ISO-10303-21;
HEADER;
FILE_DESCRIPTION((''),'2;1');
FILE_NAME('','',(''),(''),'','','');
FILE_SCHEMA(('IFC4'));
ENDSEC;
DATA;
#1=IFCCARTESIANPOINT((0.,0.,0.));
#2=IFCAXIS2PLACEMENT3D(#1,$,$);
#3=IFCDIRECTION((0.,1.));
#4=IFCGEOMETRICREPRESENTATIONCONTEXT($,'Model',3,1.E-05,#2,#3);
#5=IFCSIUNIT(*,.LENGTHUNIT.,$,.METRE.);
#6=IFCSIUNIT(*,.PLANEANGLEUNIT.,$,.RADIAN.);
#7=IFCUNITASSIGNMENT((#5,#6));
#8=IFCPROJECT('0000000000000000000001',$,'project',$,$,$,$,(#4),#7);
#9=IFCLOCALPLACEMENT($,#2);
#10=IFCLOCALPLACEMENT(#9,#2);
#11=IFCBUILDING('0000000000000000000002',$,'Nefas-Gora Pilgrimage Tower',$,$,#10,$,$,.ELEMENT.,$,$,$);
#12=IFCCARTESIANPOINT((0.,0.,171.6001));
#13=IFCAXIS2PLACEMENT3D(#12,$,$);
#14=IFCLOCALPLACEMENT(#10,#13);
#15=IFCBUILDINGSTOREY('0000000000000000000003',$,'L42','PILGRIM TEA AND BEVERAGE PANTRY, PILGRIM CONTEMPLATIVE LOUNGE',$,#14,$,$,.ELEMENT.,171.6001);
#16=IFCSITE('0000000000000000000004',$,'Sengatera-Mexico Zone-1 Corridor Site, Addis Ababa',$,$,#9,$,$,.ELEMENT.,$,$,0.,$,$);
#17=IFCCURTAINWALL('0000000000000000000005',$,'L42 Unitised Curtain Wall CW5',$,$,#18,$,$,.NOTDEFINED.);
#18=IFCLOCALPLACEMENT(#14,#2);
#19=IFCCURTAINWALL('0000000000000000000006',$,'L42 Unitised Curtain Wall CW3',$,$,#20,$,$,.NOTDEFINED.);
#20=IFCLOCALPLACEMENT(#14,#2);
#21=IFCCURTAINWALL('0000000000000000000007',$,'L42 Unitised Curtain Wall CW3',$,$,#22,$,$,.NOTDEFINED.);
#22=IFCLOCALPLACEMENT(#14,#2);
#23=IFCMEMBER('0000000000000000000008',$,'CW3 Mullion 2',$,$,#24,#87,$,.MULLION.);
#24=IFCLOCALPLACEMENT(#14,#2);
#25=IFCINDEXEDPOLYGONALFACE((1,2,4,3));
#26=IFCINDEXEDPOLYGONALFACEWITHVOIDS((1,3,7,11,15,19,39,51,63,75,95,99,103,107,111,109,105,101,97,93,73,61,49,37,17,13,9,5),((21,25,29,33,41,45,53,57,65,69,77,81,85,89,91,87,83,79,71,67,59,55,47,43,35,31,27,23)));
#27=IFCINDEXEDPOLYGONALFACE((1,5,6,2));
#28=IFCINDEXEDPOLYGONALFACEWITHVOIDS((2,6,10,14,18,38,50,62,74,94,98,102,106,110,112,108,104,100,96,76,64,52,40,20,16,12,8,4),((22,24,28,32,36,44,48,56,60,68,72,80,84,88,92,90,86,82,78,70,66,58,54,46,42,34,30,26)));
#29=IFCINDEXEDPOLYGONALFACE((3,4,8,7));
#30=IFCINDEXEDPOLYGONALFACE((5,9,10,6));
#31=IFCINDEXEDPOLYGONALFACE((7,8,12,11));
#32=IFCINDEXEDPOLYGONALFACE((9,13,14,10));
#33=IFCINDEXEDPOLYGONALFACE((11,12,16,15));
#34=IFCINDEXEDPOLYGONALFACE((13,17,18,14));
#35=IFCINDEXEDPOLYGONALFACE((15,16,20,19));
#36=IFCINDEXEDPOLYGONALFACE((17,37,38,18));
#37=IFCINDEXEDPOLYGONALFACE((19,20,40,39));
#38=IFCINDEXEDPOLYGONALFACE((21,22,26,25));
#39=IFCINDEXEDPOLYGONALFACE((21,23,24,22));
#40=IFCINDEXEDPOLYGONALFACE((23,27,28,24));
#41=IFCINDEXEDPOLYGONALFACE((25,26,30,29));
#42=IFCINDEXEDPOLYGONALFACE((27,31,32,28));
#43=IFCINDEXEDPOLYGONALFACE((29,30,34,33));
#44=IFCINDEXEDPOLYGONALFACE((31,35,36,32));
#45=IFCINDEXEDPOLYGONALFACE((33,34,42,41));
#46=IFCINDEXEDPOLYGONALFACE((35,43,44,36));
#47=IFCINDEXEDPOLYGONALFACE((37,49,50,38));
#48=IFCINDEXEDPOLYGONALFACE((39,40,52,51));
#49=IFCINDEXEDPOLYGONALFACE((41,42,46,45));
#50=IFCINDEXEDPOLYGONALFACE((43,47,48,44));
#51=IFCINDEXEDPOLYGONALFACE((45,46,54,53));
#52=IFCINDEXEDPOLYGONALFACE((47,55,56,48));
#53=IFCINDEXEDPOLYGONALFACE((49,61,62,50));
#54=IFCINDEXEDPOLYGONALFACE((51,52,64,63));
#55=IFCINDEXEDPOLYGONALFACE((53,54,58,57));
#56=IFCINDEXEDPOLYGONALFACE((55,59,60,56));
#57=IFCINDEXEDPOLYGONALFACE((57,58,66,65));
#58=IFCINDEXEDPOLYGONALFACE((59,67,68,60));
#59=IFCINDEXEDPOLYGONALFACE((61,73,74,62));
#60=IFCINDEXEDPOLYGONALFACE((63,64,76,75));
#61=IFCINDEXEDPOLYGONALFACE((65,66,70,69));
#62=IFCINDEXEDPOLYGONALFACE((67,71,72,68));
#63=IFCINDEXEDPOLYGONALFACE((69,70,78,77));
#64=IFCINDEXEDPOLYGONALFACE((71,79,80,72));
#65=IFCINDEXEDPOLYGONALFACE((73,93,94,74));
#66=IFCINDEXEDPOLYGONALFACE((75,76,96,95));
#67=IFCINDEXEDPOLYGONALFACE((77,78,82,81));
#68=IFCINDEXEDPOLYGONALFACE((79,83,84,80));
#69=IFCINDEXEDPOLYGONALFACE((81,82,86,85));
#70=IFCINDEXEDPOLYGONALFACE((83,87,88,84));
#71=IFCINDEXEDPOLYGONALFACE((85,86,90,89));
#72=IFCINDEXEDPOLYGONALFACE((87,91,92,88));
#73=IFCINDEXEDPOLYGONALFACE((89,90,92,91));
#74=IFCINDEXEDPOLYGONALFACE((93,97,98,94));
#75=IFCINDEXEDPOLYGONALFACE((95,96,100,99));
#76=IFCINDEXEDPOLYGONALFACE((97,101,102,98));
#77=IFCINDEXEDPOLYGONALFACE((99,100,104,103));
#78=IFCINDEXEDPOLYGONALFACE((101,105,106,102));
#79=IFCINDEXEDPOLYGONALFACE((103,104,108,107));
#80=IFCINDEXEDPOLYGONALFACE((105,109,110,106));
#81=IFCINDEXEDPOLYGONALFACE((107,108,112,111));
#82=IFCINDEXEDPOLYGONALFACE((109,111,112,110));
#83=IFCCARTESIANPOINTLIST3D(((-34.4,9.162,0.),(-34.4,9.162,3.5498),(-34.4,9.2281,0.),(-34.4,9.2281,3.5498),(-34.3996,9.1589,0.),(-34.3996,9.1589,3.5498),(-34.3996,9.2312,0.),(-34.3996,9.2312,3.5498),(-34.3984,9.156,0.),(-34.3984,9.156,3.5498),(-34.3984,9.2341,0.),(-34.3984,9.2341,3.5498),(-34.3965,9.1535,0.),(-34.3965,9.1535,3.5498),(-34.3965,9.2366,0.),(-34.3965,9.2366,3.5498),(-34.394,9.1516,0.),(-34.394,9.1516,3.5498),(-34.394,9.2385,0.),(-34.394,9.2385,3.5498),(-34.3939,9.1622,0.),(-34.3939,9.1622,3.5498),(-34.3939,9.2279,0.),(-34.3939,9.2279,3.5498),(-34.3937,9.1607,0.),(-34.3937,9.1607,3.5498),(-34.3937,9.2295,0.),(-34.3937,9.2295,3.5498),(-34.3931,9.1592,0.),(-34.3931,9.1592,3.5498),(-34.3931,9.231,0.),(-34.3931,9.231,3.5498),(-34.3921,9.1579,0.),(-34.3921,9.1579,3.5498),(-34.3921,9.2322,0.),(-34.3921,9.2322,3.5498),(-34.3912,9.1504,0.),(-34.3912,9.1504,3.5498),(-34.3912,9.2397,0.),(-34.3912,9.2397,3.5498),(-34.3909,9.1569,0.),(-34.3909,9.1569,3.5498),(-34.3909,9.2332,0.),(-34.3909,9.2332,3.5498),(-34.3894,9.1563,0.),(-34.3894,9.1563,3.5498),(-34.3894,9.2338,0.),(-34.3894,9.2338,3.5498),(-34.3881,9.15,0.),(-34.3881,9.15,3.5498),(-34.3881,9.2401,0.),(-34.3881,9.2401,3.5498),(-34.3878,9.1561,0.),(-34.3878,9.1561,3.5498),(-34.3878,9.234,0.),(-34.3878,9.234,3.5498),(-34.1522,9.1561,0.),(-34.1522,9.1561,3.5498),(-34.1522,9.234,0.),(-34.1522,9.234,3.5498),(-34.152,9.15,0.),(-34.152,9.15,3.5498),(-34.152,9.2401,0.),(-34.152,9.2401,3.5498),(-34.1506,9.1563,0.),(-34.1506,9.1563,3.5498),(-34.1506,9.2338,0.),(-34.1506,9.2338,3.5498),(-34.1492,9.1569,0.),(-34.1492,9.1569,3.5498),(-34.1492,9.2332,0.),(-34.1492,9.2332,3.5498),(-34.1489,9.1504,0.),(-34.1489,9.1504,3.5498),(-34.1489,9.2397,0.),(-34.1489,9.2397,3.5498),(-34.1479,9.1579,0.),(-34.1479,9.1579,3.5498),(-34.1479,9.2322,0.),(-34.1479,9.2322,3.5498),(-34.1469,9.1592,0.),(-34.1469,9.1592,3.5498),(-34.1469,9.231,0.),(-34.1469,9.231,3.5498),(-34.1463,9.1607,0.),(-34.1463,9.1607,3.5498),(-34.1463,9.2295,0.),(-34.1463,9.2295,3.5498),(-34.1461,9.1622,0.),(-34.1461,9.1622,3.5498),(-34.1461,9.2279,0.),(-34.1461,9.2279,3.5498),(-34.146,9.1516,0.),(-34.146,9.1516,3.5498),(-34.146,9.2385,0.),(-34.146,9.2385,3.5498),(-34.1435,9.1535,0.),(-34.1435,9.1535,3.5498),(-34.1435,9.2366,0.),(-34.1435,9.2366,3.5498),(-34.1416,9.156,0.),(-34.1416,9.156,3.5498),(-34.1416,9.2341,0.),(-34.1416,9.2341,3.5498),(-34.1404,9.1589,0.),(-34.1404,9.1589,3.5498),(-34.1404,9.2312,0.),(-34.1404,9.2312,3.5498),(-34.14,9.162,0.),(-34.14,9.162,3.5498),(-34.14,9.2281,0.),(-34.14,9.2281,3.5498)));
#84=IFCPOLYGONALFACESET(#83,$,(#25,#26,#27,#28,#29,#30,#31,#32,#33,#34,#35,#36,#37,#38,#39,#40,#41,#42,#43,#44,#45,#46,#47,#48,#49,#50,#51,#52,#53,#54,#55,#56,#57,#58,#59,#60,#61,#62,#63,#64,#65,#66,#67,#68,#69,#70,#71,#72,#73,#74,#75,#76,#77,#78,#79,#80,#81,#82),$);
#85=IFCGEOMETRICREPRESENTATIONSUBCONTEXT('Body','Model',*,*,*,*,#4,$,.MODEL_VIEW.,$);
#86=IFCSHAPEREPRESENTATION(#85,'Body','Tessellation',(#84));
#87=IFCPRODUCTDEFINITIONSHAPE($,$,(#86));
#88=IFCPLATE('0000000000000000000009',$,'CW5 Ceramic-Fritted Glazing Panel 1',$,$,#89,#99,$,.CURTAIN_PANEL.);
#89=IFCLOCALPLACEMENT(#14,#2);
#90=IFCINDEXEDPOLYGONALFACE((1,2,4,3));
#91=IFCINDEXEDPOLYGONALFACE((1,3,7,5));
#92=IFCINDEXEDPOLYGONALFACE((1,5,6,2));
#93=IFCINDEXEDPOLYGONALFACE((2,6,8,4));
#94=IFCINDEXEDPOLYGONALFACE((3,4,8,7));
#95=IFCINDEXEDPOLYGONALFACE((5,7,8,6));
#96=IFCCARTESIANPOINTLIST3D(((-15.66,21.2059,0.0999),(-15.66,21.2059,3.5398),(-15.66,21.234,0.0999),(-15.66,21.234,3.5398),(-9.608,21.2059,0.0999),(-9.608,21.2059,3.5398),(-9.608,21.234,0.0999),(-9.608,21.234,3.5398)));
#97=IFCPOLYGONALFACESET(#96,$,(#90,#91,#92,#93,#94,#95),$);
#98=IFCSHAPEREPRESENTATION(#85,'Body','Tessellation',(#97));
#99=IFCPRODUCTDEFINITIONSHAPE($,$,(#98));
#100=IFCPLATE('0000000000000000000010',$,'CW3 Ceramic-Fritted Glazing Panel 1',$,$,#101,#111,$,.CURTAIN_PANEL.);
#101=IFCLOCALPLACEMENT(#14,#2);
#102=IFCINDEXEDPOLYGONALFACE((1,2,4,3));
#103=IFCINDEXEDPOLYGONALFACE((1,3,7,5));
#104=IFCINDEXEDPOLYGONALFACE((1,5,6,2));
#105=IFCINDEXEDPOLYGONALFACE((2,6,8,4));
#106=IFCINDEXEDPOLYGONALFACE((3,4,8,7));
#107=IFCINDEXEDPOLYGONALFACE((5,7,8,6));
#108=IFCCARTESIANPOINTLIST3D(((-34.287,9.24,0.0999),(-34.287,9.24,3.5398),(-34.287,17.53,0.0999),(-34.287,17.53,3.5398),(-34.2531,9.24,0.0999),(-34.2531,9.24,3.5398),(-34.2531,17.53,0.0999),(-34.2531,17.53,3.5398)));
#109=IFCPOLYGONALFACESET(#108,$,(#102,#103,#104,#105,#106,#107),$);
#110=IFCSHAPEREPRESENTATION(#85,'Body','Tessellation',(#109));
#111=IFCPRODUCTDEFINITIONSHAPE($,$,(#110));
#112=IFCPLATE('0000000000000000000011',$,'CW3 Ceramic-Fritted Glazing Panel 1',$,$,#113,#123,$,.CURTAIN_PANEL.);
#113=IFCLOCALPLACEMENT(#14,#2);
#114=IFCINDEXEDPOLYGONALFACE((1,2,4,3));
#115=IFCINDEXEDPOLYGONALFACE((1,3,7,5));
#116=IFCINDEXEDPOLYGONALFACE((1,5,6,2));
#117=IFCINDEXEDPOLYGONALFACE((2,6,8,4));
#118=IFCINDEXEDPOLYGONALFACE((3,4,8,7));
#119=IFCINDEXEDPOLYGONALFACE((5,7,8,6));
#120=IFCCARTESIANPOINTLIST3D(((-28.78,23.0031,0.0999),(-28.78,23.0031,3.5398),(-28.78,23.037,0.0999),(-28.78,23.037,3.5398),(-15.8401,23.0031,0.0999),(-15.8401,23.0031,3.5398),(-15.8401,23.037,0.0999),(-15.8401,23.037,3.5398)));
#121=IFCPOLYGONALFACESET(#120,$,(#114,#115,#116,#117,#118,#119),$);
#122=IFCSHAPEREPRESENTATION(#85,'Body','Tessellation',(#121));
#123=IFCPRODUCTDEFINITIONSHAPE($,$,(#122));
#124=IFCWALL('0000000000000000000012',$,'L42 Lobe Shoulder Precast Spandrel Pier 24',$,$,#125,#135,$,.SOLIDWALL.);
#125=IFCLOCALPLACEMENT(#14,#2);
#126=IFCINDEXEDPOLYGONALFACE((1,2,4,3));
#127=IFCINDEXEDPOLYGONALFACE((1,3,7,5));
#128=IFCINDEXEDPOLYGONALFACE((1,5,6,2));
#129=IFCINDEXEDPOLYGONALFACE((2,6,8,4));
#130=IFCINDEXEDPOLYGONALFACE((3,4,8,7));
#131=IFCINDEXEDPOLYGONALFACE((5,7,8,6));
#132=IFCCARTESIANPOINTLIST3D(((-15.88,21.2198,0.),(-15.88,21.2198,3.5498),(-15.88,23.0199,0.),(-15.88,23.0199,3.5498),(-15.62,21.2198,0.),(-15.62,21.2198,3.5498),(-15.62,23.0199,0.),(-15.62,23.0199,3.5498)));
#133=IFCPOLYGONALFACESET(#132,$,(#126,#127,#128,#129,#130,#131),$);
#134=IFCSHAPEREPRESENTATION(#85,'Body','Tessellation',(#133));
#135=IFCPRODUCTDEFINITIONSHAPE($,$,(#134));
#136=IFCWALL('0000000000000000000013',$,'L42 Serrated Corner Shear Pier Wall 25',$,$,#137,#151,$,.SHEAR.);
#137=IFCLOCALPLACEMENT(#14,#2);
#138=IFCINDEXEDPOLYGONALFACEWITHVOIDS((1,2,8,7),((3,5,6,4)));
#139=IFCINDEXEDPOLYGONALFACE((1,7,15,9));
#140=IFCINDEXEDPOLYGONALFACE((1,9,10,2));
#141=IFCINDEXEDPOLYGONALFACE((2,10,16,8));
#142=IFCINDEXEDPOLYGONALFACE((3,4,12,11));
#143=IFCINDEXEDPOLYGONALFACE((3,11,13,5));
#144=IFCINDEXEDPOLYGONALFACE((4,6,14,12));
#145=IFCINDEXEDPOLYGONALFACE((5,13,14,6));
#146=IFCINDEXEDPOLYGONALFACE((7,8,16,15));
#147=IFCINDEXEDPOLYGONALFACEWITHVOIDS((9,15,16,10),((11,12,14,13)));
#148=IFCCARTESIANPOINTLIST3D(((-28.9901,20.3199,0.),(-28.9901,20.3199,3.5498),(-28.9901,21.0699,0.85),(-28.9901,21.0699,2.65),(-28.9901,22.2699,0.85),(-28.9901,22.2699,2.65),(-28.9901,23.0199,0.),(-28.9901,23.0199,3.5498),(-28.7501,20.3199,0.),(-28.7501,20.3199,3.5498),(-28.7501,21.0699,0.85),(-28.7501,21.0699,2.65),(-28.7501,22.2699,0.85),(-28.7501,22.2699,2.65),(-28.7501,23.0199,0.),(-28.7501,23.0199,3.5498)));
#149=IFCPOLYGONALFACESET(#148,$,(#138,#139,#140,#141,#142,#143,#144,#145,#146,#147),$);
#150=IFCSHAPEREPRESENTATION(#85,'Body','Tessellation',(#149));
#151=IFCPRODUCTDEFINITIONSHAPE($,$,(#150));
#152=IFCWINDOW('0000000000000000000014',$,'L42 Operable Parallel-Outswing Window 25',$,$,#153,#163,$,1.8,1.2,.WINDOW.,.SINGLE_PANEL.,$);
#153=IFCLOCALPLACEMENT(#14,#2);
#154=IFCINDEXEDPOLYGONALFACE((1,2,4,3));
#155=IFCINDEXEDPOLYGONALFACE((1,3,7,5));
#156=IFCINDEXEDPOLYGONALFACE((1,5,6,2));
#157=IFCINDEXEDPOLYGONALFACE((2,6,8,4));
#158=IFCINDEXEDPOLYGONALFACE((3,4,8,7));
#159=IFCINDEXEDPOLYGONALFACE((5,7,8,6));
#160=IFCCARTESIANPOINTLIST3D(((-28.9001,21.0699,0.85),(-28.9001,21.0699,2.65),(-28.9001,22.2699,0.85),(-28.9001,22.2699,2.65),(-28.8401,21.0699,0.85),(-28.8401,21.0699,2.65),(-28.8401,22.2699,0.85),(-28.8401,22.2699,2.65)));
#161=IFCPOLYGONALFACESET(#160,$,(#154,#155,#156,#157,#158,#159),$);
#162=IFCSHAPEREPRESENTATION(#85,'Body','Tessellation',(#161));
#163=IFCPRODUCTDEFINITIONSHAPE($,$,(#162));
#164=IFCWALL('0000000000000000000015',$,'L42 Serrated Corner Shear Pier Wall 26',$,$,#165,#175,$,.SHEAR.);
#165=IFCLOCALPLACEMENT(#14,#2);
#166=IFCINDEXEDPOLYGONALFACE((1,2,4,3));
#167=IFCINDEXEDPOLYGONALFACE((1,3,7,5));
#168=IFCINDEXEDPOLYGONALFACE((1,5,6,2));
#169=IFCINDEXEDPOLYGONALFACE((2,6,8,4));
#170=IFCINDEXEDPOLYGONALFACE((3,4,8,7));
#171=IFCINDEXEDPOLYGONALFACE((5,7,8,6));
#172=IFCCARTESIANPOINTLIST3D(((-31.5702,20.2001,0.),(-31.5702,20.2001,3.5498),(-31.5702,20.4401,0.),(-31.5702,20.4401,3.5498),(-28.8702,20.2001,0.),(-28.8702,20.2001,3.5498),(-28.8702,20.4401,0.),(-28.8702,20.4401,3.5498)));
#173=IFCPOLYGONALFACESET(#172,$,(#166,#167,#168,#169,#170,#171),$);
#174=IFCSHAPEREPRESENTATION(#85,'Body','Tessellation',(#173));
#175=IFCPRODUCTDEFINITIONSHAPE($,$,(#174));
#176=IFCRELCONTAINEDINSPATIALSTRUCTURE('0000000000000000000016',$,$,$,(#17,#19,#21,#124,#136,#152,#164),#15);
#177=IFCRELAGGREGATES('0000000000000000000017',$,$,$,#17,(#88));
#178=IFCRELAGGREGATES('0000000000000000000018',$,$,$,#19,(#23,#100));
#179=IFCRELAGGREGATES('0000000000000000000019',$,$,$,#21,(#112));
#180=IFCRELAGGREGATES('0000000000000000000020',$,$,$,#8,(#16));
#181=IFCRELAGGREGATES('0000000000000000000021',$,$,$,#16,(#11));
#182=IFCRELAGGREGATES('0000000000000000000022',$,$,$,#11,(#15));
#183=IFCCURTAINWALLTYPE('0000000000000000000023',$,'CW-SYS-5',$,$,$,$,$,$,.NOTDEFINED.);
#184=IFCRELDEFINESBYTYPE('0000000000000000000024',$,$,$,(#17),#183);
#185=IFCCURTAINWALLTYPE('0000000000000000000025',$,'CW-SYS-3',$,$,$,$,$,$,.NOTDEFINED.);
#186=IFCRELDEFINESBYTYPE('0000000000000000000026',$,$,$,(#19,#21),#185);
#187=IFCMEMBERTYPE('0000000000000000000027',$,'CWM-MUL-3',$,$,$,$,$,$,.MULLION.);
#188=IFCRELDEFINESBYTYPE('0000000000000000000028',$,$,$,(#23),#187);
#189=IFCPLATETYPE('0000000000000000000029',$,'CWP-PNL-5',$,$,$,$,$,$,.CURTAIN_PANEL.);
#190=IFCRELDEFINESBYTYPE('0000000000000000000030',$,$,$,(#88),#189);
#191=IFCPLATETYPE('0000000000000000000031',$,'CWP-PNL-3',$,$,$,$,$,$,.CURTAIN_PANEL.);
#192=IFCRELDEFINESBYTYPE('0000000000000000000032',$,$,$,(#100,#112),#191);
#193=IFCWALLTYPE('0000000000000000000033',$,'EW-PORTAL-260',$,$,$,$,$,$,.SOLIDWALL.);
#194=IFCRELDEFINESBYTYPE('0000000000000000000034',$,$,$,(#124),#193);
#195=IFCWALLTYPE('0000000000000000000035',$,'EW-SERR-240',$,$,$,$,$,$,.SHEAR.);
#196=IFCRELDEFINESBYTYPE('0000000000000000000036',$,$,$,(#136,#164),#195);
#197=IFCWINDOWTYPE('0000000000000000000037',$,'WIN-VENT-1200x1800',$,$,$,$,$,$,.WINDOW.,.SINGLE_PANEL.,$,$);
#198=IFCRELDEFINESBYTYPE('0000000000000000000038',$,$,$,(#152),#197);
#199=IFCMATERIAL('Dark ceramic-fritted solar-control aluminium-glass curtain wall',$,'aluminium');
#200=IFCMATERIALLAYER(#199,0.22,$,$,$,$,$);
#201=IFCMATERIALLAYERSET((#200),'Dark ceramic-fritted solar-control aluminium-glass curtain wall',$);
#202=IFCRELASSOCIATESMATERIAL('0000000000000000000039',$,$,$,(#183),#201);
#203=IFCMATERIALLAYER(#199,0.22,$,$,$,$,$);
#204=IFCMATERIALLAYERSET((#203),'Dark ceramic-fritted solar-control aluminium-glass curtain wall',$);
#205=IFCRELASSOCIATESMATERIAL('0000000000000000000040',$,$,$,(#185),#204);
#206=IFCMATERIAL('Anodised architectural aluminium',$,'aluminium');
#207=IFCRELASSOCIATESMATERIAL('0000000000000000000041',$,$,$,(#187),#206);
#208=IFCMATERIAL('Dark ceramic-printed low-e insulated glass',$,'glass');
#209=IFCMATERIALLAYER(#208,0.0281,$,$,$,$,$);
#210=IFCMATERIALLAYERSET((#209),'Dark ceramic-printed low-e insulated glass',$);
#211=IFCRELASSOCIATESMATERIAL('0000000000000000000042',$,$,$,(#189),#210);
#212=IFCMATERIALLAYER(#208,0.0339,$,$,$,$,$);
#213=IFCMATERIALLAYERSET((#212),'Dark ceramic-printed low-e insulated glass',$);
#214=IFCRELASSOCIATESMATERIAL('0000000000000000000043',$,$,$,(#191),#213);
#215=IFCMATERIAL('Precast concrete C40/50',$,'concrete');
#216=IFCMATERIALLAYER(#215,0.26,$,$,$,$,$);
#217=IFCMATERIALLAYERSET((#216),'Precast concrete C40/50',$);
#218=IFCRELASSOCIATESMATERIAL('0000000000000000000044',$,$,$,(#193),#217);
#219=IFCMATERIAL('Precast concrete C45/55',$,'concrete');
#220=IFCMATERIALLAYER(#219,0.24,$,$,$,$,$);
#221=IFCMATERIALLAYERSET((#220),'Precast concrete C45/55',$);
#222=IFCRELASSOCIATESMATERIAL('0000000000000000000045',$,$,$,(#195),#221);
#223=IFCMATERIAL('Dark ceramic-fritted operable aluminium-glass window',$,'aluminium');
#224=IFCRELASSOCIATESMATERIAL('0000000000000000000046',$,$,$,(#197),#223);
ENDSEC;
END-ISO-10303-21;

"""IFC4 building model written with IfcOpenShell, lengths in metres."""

from ifc_helpers import new_model, si_unit, direction, frame, frame_2d, origin, origin_2d, place, context, subcontext, project, spatial, rectangle, hollow_rectangle, extrude, source, transform, mapped, material, layer, layer_set, material_profile, profile_set, type_object, element, fill, aggregate, save


model = new_model("IFC4")

# Units and contexts
model_context = context("Model", 3, precision=1e-05, world=origin(), true_north=direction((0.0, 1.0)))
body_context = subcontext(model_context, "Body", "Model", "MODEL_VIEW")
ifc_project = project(units=[si_unit("LENGTHUNIT", "METRE"), si_unit("PLANEANGLEUNIT", "RADIAN")], contexts=[model_context])

# Site, building, storey
site_placement = place(None, origin())
site = spatial("IfcSite", under=ifc_project, at=site_placement, Name="Sengatera-Mexico Zone-1 Corridor Site, Addis Ababa", CompositionType="ELEMENT", RefElevation=0.0)
building_placement = place(site_placement, origin())
building = spatial("IfcBuilding", under=site, at=building_placement, Name="Nefas-Gora Pilgrimage Tower", CompositionType="ELEMENT")
storey_placement = place(building_placement, frame((0.0, 0.0, 171.6001)))
storey = spatial("IfcBuildingStorey", under=building, at=storey_placement, Name="L42", Description="PILGRIM TEA AND BEVERAGE PANTRY, PILGRIM CONTEMPLATIVE LOUNGE", CompositionType="ELEMENT", Elevation=171.6001)

# Curtain walls
ifc_material_1 = material(Name="Dark ceramic-fritted solar-control aluminium-glass curtain wall", Category="aluminium")
ifc_layer_1 = layer(ifc_material_1, 0.22)
ifc_layer_set_1 = layer_set([ifc_layer_1], Name="Dark ceramic-fritted solar-control aluminium-glass curtain wall")
curtain_wall_type_1 = type_object("IfcCurtainWallType", Name="CW-SYS-5", PredefinedType="NOTDEFINED", material=ifc_layer_set_1)
curtain_wall_1_placement = place(storey_placement, origin())
curtain_wall_1 = element("IfcCurtainWall", 1, at=curtain_wall_1_placement, inside=storey, type_object=curtain_wall_type_1, Name="L42 Unitised Curtain Wall CW5", PredefinedType="NOTDEFINED")
ifc_material_2 = material(Name="Anodised architectural aluminium", Category="aluminium")
ifc_layer_2 = layer(ifc_material_1, 0.22)
ifc_layer_set_2 = layer_set([ifc_layer_2], Name="Dark ceramic-fritted solar-control aluminium-glass curtain wall")
curtain_wall_type_2 = type_object("IfcCurtainWallType", Name="CW-SYS-3", PredefinedType="NOTDEFINED", material=ifc_layer_set_2)
curtain_wall_2_placement = place(storey_placement, origin())
curtain_wall_2 = element("IfcCurtainWall", 2, at=curtain_wall_2_placement, inside=storey, type_object=curtain_wall_type_2, Name="L42 Unitised Curtain Wall CW3", PredefinedType="NOTDEFINED")

# Curtain wall
curtain_wall_3_placement = place(storey_placement, origin())
curtain_wall_3 = element("IfcCurtainWall", 3, at=curtain_wall_3_placement, inside=storey, type_object=curtain_wall_type_2, Name="L42 Unitised Curtain Wall CW3", PredefinedType="NOTDEFINED")
ifc_material_profile_1 = material_profile(ifc_material_2, hollow_rectangle(XDim=0.0901, YDim=0.26, WallThickness=0.0061, InnerFilletRadius=0.0061, OuterFilletRadius=0.012, at=origin_2d()), Name="ALU MULLION 90x260")
ifc_profile_set_1 = profile_set([ifc_material_profile_1], Name="Anodised architectural aluminium")
member_type_1 = type_object("IfcMemberType", Name="CWM-MUL-3", PredefinedType="MULLION", material=ifc_profile_set_1)
shared_shape_1 = source(origin(), body_context, "Body", "SweptSolid", [
    extrude(hollow_rectangle(XDim=0.0901, YDim=0.26, WallThickness=0.0061, InnerFilletRadius=0.0061, OuterFilletRadius=0.012, at=origin_2d()), origin(), (0.0, 0.0, 1.0), 3.5498),
])

# Member
member_1_placement = place(storey_placement, frame((-34.27, 9.1951, 0.0), z_axis=(0.0, 0.0, 1.0), x_axis=(0.0, -1.0, 0.0)))
member_1 = element("IfcMember", 4, at=member_1_placement, type_object=member_type_1, Name="CW3 Mullion 2", PredefinedType="MULLION", context=body_context, shape_type="MappedRepresentation", body=[
    mapped(shared_shape_1, transform((0.0, 0.0, 0.0), x_axis=(1.0, 0.0, 0.0), y_axis=(0.0, 1.0, 0.0), z_axis=(0.0, 0.0, 1.0), scale=1.0)),
])

# Plates
ifc_material_3 = material(Name="Dark ceramic-printed low-e insulated glass", Category="glass")
ifc_layer_3 = layer(ifc_material_3, 0.0281)
ifc_layer_set_3 = layer_set([ifc_layer_3], Name="Dark ceramic-printed low-e insulated glass")
plate_type_1 = type_object("IfcPlateType", Name="CWP-PNL-5", PredefinedType="CURTAIN_PANEL", material=ifc_layer_set_3)
shared_shape_2 = source(origin(), body_context, "Body", "SweptSolid", [
    extrude(rectangle(XDim=6.052, YDim=0.0281, at=origin_2d()), origin(), (0.0, 0.0, 1.0), 3.4399),
])
plate_1_placement = place(storey_placement, frame((-12.634, 21.22, 0.0999), z_axis=(0.0, 0.0, 1.0), x_axis=(-1.0, 0.0, 0.0)))
plate_1 = element("IfcPlate", 5, at=plate_1_placement, type_object=plate_type_1, Name="CW5 Ceramic-Fritted Glazing Panel 1", PredefinedType="CURTAIN_PANEL", context=body_context, shape_type="MappedRepresentation", body=[
    mapped(shared_shape_2, transform((0.0, 0.0, 0.0), x_axis=(1.0, 0.0, 0.0), y_axis=(0.0, 1.0, 0.0), z_axis=(0.0, 0.0, 1.0), scale=1.0)),
])
aggregate(curtain_wall_1, [plate_1])
ifc_layer_4 = layer(ifc_material_3, 0.0339)
ifc_layer_set_4 = layer_set([ifc_layer_4], Name="Dark ceramic-printed low-e insulated glass")
plate_type_2 = type_object("IfcPlateType", Name="CWP-PNL-3", PredefinedType="CURTAIN_PANEL", material=ifc_layer_set_4)
shared_shape_3 = source(origin(), body_context, "Body", "SweptSolid", [
    extrude(rectangle(XDim=8.29, YDim=0.0339, at=origin_2d()), origin(), (0.0, 0.0, 1.0), 3.4399),
])
plate_2_placement = place(storey_placement, frame((-34.27, 13.385, 0.0999), z_axis=(0.0, 0.0, 1.0), x_axis=(0.0, -1.0, 0.0)))
plate_2 = element("IfcPlate", 6, at=plate_2_placement, type_object=plate_type_2, Name="CW3 Ceramic-Fritted Glazing Panel 1", PredefinedType="CURTAIN_PANEL", context=body_context, shape_type="MappedRepresentation", body=[
    mapped(shared_shape_3, transform((0.0, 0.0, 0.0), x_axis=(1.0, 0.0, 0.0), y_axis=(0.0, 1.0, 0.0), z_axis=(0.0, 0.0, 1.0), scale=1.0)),
])
aggregate(curtain_wall_2, [member_1, plate_2])
shared_shape_4 = source(origin(), body_context, "Body", "SweptSolid", [
    extrude(rectangle(XDim=12.9399, YDim=0.0339, at=origin_2d()), origin(), (0.0, 0.0, 1.0), 3.4399),
])
plate_3_placement = place(storey_placement, frame((-22.3101, 23.02, 0.0999), z_axis=(0.0, 0.0, 1.0), x_axis=(-1.0, 0.0, 0.0)))
plate_3 = element("IfcPlate", 7, at=plate_3_placement, type_object=plate_type_2, Name="CW3 Ceramic-Fritted Glazing Panel 1", PredefinedType="CURTAIN_PANEL", context=body_context, shape_type="MappedRepresentation", body=[
    mapped(shared_shape_4, transform((0.0, 0.0, 0.0), x_axis=(1.0, 0.0, 0.0), y_axis=(0.0, 1.0, 0.0), z_axis=(0.0, 0.0, 1.0), scale=1.0)),
])
aggregate(curtain_wall_3, [plate_3])

# Wall
ifc_material_4 = material(Name="Precast concrete C40/50", Category="concrete")
ifc_layer_5 = layer(ifc_material_4, 0.26)
ifc_layer_set_5 = layer_set([ifc_layer_5], Name="Precast concrete C40/50")
wall_type_1 = type_object("IfcWallType", Name="EW-PORTAL-260", PredefinedType="SOLIDWALL", material=ifc_layer_set_5)
shared_shape_5 = source(origin(), body_context, "Body", "SweptSolid", [
    extrude(rectangle(XDim=1.8, YDim=0.26, at=frame_2d((0.8999, 0.0))), origin(), (0.0, 0.0, 1.0), 3.5498),
])
wall_1_placement = place(storey_placement, frame((-15.75, 21.22, 0.0), z_axis=(0.0, 0.0, 1.0), x_axis=(0.0, 1.0, 0.0)))
element("IfcWall", 8, at=wall_1_placement, inside=storey, type_object=wall_type_1, Name="L42 Lobe Shoulder Precast Spandrel Pier 24", PredefinedType="SOLIDWALL", context=body_context, shape_type="MappedRepresentation", body=[
    mapped(shared_shape_5, transform((0.0, 0.0, 0.0), x_axis=(1.0, 0.0, 0.0), y_axis=(0.0, 1.0, 0.0), z_axis=(0.0, 0.0, 1.0), scale=1.0)),
])

# Wall, opening, window
ifc_material_5 = material(Name="Precast concrete C45/55", Category="concrete")
ifc_layer_6 = layer(ifc_material_5, 0.24)
ifc_layer_set_6 = layer_set([ifc_layer_6], Name="Precast concrete C45/55")
wall_type_2 = type_object("IfcWallType", Name="EW-SERR-240", PredefinedType="SHEAR", material=ifc_layer_set_6)
shared_shape_6 = source(origin(), body_context, "Body", "SweptSolid", [
    extrude(rectangle(XDim=2.7, YDim=0.24, at=frame_2d((1.3501, 0.0))), origin(), (0.0, 0.0, 1.0), 3.5498),
])
wall_2_placement = place(storey_placement, frame((-28.8701, 23.02, 0.0), z_axis=(0.0, 0.0, 1.0), x_axis=(0.0, -1.0, 0.0)))
wall_2 = element("IfcWall", 9, at=wall_2_placement, inside=storey, type_object=wall_type_2, Name="L42 Serrated Corner Shear Pier Wall 25", PredefinedType="SHEAR", context=body_context, shape_type="MappedRepresentation", body=[
    mapped(shared_shape_6, transform((0.0, 0.0, 0.0), x_axis=(1.0, 0.0, 0.0), y_axis=(0.0, 1.0, 0.0), z_axis=(0.0, 0.0, 1.0), scale=1.0)),
])
opening_1_placement = place(wall_2_placement, frame((0.75, 0.0, 0.8501)))
opening_1 = element("IfcOpeningElement", 10, at=opening_1_placement, cuts=wall_2, PredefinedType="OPENING", context=body_context, shape_type="SweptSolid", body=[
    extrude(rectangle(XDim=1.2, YDim=1.8, at=frame_2d((0.6001, 0.8999))), frame((0.0, 0.1299, 0.0), z_axis=(0.0, -1.0, 0.0), x_axis=(1.0, 0.0, 0.0)), (0.0, 0.0, 1.0), 0.26),
])
ifc_material_6 = material(Name="Dark ceramic-fritted operable aluminium-glass window", Category="aluminium")
window_type = type_object("IfcWindowType", Name="WIN-VENT-1200x1800", PartitioningType="SINGLE_PANEL", PredefinedType="WINDOW", material=ifc_material_6)
shared_shape_7 = source(origin(), body_context, "Body", "SweptSolid", [
    extrude(rectangle(XDim=1.2, YDim=1.8, at=frame_2d((0.6001, 0.8999))), frame((0.0, 0.03, 0.0), z_axis=(0.0, -1.0, 0.0), x_axis=(1.0, 0.0, 0.0)), (0.0, 0.0, 1.0), 0.0601),
])
window_placement = place(opening_1_placement, origin())
window = element("IfcWindow", 11, at=window_placement, inside=storey, type_object=window_type, Name="L42 Operable Parallel-Outswing Window 25", OverallHeight=1.8, OverallWidth=1.2, PartitioningType="SINGLE_PANEL", PredefinedType="WINDOW", context=body_context, shape_type="MappedRepresentation", body=[
    mapped(shared_shape_7, transform((0.0, 0.0, 0.0), x_axis=(1.0, 0.0, 0.0), y_axis=(0.0, 1.0, 0.0), z_axis=(0.0, 0.0, 1.0), scale=1.0)),
])
fill(opening_1, window)

# Wall
for number, where, z_axis, x_axis, name in (
    (12, (-28.8701, 20.3201, 0.0), (0.0, 0.0, 1.0), (-1.0, 0.0, 0.0), "L42 Serrated Corner Shear Pier Wall 26"),
):
    element("IfcWall", number, at=place(storey_placement, frame(where, z_axis=z_axis, x_axis=x_axis)), inside=storey, type_object=wall_type_2, Name=name, PredefinedType="SHEAR", context=body_context, shape_type="MappedRepresentation", body=[
        mapped(shared_shape_6, transform((0.0, 0.0, 0.0), x_axis=(1.0, 0.0, 0.0), y_axis=(0.0, 1.0, 0.0), z_axis=(0.0, 0.0, 1.0), scale=1.0)),
    ])

save(model, "model.ifc")
